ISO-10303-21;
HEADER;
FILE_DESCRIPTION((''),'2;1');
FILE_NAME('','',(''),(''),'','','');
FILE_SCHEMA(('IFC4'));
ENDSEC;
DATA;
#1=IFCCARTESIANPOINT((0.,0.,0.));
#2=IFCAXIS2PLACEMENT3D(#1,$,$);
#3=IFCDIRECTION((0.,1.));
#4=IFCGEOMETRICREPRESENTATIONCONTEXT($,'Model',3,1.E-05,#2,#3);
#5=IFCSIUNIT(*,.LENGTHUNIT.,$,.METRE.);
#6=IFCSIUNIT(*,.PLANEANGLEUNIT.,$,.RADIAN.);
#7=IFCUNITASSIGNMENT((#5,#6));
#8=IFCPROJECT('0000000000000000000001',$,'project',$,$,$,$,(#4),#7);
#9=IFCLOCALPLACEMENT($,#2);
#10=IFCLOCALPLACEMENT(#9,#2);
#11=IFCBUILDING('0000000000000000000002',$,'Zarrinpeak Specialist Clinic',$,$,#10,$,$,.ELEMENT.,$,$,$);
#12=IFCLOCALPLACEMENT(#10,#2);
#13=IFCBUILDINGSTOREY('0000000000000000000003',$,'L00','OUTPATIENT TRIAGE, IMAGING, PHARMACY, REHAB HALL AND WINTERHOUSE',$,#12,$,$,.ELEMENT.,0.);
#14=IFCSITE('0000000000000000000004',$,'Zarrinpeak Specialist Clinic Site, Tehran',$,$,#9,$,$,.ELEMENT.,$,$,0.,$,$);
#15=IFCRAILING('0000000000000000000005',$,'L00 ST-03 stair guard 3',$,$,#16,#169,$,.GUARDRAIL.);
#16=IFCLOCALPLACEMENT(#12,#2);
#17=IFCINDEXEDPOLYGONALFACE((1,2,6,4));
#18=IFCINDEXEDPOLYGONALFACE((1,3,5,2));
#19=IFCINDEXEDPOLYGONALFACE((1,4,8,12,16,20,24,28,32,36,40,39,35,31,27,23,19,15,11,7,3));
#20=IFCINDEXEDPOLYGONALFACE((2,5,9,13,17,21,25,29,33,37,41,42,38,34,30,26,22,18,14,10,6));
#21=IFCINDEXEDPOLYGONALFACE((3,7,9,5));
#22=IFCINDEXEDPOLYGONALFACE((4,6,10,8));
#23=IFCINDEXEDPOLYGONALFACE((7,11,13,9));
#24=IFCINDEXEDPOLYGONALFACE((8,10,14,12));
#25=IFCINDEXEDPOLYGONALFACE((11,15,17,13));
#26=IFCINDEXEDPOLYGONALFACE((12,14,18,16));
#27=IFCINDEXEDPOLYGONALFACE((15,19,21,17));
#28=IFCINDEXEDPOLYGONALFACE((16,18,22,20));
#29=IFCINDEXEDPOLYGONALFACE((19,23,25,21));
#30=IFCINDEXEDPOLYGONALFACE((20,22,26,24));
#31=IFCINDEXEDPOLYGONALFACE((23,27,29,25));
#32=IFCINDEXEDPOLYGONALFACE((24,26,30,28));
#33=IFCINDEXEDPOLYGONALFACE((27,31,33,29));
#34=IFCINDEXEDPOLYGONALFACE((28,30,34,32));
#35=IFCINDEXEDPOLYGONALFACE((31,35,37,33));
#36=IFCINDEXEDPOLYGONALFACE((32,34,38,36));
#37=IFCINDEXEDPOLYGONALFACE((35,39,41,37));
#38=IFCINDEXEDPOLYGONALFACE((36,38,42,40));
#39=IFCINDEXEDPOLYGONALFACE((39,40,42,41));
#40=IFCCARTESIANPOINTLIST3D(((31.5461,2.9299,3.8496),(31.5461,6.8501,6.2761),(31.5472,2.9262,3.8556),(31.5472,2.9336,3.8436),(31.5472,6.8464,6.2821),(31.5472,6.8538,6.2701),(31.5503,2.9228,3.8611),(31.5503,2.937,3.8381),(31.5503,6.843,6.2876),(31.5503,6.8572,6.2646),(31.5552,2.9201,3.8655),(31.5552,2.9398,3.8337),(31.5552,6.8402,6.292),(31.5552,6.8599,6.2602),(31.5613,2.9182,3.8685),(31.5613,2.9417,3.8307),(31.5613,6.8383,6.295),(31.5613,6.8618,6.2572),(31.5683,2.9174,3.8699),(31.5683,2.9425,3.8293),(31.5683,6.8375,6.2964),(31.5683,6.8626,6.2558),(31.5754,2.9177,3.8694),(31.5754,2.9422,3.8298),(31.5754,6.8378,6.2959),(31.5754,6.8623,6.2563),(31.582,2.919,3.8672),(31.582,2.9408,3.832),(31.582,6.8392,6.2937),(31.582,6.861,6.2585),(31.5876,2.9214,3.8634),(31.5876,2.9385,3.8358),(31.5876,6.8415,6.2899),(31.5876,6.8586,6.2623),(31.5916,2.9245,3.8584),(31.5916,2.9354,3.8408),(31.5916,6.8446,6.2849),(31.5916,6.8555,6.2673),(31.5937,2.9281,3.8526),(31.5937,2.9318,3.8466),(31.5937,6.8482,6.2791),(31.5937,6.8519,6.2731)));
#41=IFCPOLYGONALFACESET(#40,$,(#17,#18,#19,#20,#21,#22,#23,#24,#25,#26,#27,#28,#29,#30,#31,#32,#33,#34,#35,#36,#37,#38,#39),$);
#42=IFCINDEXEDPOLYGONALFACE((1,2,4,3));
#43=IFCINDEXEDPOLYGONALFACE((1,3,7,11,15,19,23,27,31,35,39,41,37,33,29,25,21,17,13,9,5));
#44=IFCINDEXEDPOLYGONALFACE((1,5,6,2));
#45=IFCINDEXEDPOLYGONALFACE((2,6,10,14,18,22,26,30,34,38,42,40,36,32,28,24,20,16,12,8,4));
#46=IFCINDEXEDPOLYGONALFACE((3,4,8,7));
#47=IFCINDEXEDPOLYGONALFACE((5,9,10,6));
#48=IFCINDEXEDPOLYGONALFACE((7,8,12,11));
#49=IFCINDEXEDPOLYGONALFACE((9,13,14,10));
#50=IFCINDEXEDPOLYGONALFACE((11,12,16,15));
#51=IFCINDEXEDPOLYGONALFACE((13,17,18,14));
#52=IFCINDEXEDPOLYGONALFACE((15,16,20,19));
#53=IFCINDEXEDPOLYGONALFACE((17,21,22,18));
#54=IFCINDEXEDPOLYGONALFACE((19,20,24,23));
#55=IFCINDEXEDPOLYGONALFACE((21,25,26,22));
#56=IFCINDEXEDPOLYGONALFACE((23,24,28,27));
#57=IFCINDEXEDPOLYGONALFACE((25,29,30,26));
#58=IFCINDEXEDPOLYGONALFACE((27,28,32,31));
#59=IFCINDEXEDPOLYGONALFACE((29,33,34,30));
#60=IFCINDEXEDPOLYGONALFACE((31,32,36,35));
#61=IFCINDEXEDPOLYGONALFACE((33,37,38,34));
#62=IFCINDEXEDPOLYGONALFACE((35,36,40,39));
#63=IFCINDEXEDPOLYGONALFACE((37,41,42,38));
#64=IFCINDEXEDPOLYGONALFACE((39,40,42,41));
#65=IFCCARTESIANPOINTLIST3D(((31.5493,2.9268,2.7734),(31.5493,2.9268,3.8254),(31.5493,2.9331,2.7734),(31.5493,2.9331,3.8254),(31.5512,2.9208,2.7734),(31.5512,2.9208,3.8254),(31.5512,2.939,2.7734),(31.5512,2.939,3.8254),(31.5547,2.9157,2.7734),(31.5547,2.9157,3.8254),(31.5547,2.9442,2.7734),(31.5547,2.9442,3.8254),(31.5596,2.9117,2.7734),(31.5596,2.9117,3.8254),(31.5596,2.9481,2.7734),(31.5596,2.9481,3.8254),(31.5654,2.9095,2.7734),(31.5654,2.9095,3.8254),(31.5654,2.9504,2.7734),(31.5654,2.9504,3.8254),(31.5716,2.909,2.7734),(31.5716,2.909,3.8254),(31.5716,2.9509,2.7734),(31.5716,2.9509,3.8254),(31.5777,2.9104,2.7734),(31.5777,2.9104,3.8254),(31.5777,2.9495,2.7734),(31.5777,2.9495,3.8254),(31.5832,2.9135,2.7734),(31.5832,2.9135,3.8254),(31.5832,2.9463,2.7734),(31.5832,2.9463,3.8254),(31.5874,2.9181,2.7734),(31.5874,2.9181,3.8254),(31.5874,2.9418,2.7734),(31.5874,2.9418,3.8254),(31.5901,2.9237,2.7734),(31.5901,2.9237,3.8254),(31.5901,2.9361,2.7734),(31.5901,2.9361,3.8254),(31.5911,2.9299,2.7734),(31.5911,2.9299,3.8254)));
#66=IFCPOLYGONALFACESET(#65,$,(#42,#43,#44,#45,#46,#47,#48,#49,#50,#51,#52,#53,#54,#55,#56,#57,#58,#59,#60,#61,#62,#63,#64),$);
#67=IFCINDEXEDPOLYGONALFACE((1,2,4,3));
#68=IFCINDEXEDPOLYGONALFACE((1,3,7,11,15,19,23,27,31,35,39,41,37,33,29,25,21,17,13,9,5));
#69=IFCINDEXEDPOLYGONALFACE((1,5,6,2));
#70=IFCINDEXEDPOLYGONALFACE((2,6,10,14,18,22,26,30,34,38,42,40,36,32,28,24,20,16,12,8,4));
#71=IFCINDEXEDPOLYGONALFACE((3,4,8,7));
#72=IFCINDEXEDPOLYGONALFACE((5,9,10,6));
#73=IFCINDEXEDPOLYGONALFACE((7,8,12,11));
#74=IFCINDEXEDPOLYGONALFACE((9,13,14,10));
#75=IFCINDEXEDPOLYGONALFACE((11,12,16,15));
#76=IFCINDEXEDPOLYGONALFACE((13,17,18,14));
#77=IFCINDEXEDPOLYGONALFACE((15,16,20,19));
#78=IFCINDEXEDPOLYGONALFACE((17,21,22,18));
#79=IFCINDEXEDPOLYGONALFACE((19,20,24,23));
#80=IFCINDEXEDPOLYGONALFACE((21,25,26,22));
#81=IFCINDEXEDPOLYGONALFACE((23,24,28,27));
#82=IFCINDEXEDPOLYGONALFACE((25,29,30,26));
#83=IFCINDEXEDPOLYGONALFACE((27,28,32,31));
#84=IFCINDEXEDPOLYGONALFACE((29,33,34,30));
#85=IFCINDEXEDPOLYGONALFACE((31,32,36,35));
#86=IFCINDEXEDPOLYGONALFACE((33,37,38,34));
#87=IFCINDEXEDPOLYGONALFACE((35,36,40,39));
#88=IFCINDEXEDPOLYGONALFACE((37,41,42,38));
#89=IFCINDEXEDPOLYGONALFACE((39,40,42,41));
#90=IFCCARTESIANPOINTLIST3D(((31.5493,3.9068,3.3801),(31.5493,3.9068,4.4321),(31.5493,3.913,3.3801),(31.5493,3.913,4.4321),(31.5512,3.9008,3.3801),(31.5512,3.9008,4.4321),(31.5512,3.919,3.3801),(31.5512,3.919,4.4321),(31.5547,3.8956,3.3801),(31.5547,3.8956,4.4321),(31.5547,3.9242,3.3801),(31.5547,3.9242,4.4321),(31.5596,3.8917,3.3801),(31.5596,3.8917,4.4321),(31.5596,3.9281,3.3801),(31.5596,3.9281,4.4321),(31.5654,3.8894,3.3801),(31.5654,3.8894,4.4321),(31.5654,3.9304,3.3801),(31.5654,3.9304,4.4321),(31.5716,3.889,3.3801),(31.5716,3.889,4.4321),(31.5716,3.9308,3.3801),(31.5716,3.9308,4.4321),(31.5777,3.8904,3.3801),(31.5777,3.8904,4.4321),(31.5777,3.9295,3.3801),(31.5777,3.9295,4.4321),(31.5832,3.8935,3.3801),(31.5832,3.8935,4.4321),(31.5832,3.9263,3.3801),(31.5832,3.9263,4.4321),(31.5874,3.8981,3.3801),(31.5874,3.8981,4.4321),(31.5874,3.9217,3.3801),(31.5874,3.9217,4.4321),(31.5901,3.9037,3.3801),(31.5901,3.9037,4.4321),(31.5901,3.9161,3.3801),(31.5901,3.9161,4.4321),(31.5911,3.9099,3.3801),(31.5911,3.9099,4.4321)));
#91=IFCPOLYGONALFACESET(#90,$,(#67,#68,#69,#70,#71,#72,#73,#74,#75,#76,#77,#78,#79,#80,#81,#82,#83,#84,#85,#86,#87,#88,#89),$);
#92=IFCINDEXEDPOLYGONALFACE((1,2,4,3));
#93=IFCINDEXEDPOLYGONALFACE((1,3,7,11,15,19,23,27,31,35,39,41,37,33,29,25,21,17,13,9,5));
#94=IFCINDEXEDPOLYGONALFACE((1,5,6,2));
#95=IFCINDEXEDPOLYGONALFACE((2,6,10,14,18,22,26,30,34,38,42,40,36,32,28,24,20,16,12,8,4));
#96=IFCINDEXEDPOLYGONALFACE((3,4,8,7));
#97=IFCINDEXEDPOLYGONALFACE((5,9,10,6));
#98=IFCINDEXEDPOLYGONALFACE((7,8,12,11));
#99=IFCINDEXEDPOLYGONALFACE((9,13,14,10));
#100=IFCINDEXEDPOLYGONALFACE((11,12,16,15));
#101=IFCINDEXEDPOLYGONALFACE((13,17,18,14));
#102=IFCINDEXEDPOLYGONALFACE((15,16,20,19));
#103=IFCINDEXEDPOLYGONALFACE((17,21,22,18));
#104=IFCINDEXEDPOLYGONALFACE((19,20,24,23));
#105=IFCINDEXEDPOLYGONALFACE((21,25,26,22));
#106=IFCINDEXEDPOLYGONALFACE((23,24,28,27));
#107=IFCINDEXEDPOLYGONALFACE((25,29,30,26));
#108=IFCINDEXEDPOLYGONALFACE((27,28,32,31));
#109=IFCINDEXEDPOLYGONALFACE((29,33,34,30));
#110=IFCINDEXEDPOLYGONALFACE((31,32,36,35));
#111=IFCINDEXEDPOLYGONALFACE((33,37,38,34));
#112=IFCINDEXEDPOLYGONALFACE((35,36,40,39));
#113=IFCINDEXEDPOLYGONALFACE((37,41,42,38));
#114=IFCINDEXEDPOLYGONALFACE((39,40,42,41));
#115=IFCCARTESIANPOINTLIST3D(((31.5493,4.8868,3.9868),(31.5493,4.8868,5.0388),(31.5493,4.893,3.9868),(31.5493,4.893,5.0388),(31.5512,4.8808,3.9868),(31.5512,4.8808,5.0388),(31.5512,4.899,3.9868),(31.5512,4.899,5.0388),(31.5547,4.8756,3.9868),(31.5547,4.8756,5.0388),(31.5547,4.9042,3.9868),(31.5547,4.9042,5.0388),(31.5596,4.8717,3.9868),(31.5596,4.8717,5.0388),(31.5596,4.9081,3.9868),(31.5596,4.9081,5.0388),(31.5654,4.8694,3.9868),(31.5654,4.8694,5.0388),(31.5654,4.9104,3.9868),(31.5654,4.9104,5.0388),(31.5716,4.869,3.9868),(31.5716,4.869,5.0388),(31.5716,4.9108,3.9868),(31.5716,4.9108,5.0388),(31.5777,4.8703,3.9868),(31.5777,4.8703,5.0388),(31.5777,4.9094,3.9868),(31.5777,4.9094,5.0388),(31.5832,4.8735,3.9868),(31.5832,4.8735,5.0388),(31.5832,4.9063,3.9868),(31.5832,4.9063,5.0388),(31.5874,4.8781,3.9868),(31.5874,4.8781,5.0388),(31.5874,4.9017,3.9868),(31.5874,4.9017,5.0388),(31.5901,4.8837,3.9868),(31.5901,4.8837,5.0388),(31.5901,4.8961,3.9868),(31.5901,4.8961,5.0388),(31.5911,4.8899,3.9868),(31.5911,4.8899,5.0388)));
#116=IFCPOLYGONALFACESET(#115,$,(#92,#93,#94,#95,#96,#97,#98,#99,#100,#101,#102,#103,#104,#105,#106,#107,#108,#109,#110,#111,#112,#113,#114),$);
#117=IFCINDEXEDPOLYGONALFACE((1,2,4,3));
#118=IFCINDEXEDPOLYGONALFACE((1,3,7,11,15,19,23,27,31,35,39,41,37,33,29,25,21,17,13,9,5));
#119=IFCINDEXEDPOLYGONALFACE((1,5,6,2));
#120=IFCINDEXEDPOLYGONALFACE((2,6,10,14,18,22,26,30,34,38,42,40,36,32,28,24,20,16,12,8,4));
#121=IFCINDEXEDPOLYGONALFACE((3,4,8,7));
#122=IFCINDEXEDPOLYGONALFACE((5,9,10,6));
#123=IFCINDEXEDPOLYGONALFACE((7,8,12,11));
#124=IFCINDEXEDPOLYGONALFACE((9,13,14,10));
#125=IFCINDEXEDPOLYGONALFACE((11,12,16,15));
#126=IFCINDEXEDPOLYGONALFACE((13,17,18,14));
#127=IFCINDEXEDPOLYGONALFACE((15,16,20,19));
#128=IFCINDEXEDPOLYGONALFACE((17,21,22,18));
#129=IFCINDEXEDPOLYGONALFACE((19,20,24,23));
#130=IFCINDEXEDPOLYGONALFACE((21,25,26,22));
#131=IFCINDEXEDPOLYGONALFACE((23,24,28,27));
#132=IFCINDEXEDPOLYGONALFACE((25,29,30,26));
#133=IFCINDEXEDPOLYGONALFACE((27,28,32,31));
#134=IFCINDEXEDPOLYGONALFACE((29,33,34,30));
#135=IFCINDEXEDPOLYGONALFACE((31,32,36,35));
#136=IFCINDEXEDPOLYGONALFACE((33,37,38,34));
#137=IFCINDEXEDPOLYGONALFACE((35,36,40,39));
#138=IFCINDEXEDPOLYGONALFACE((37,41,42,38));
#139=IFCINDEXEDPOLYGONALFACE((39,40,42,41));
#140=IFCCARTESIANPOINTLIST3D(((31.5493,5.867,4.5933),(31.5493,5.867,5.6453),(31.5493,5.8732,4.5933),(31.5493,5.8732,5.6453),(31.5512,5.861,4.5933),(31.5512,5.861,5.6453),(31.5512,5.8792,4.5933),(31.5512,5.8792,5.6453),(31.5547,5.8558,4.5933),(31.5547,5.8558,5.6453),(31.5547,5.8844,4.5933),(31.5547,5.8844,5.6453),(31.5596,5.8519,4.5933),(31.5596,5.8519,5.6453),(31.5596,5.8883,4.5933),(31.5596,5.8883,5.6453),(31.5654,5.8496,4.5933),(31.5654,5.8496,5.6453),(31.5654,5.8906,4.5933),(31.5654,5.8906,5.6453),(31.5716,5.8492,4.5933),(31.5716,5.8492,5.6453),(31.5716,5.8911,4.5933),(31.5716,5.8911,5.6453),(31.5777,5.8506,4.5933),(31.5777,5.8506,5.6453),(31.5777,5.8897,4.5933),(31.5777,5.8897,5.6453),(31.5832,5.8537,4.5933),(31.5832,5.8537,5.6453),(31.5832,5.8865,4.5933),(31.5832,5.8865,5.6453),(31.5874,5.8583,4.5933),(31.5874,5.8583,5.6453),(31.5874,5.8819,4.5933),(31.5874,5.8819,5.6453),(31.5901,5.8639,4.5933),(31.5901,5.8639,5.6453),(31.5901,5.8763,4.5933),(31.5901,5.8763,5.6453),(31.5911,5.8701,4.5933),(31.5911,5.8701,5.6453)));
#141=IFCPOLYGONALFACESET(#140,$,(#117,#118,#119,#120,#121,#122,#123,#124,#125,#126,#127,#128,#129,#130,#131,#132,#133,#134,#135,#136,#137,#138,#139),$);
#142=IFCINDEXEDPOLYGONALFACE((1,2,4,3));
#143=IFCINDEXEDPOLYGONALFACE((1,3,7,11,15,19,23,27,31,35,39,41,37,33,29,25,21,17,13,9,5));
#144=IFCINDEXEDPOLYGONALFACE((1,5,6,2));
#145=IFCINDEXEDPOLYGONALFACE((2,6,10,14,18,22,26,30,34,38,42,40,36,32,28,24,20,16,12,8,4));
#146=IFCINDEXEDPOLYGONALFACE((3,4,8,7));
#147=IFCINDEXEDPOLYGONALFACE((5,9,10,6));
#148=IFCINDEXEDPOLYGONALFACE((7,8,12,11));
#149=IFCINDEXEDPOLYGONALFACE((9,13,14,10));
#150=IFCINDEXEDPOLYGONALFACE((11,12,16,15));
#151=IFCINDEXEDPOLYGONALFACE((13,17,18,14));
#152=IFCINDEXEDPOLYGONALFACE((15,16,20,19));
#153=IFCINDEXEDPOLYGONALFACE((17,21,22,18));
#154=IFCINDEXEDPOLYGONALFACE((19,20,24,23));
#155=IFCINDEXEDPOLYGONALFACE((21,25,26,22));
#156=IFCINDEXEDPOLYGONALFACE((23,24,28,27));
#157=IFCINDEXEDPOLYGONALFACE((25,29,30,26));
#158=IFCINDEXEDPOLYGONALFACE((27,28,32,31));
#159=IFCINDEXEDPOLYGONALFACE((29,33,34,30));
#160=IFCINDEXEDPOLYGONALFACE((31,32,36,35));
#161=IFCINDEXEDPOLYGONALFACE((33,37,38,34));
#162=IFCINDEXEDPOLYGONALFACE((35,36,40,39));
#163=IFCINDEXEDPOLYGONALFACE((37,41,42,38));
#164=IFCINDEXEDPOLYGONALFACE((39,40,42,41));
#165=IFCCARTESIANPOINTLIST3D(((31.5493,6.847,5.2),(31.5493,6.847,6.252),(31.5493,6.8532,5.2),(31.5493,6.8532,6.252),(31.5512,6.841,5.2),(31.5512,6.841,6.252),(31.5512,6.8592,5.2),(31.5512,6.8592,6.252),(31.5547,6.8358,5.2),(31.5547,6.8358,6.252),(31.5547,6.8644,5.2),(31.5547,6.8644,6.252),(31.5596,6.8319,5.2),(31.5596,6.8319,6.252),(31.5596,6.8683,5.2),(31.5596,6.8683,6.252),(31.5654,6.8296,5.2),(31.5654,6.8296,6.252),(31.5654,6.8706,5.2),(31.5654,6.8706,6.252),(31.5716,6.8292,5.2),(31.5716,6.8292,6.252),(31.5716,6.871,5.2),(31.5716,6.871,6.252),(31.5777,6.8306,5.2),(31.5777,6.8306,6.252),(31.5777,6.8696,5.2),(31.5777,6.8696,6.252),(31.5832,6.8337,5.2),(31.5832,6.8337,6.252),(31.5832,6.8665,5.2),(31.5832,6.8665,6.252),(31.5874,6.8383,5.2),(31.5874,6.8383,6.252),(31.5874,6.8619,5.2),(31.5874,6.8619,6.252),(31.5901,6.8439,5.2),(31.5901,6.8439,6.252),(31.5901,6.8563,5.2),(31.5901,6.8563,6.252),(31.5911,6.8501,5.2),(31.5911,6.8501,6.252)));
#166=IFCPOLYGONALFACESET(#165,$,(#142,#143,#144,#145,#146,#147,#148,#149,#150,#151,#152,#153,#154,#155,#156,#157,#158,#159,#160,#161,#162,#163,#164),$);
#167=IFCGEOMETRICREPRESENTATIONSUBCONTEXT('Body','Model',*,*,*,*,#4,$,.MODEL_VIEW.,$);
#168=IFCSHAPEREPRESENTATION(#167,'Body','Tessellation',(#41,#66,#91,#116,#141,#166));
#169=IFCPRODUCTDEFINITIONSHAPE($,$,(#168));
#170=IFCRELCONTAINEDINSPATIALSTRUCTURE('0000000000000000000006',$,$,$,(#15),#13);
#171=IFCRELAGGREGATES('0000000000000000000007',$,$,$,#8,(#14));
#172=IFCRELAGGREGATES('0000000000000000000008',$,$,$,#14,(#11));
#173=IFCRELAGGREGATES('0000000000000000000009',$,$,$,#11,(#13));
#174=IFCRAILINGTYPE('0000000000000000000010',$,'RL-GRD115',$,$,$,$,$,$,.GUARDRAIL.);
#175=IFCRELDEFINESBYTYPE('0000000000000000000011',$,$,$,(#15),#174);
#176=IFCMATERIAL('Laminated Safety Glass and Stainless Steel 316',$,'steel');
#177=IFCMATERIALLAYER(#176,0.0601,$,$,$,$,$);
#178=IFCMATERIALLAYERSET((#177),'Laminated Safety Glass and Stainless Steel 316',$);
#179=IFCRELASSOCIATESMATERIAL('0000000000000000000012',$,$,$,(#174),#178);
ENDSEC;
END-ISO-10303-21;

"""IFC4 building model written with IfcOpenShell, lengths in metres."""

from ifc_helpers import new_model, si_unit, direction, frame, origin, origin_2d, place, context, subcontext, project, spatial, circle, extrude, material, layer, layer_set, type_object, element, save


model = new_model("IFC4")

# Units and contexts
model_context = context("Model", 3, precision=1e-05, world=origin(), true_north=direction((0.0, 1.0)))
body_context = subcontext(model_context, "Body", "Model", "MODEL_VIEW")
ifc_project = project(units=[si_unit("LENGTHUNIT", "METRE"), si_unit("PLANEANGLEUNIT", "RADIAN")], contexts=[model_context])

# Site, building, storey
site_placement = place(None, origin())
site = spatial("IfcSite", under=ifc_project, at=site_placement, Name="Zarrinpeak Specialist Clinic Site, Tehran", CompositionType="ELEMENT", RefElevation=0.0)
building_placement = place(site_placement, origin())
building = spatial("IfcBuilding", under=site, at=building_placement, Name="Zarrinpeak Specialist Clinic", CompositionType="ELEMENT")
storey_placement = place(building_placement, origin())
storey = spatial("IfcBuildingStorey", under=building, at=storey_placement, Name="L00", Description="OUTPATIENT TRIAGE, IMAGING, PHARMACY, REHAB HALL AND WINTERHOUSE", CompositionType="ELEMENT", Elevation=0.0)

# Railing
ifc_material_1 = material(Name="Laminated Safety Glass and Stainless Steel 316", Category="steel")
ifc_layer_1 = layer(ifc_material_1, 0.0601)
ifc_layer_set_1 = layer_set([ifc_layer_1], Name="Laminated Safety Glass and Stainless Steel 316")
railing_type_1 = type_object("IfcRailingType", Name="RL-GRD115", PredefinedType="GUARDRAIL", material=ifc_layer_set_1)
railing_1_placement = place(storey_placement, frame((31.5701, 2.9299, 2.7734)))
element("IfcRailing", 1, at=railing_1_placement, inside=storey, type_object=railing_type_1, Name="L00 ST-03 stair guard 3", PredefinedType="GUARDRAIL", context=body_context, shape_type="SweptSolid", body=[
    extrude(circle(Radius=0.0239, at=origin_2d()), frame((0.0, 0.0, 1.0762), z_axis=(0.0, 0.85029, 0.526315), x_axis=(-1.0, 0.0, 0.0)), (0.0, 0.0, 1.0), 4.6104),
    extrude(circle(Radius=0.021, at=origin_2d()), origin(), (0.0, 0.0, 1.0), 1.052),
    extrude(circle(Radius=0.021, at=origin_2d()), frame((0.0, 0.98, 0.6067)), (0.0, 0.0, 1.0), 1.052),
    extrude(circle(Radius=0.021, at=origin_2d()), frame((0.0, 1.96, 1.2134)), (0.0, 0.0, 1.0), 1.052),
    extrude(circle(Radius=0.021, at=origin_2d()), frame((0.0, 2.9402, 1.8198)), (0.0, 0.0, 1.0), 1.052),
    extrude(circle(Radius=0.021, at=origin_2d()), frame((0.0, 3.9202, 2.4265)), (0.0, 0.0, 1.0), 1.052),
])

save(model, "model.ifc")
